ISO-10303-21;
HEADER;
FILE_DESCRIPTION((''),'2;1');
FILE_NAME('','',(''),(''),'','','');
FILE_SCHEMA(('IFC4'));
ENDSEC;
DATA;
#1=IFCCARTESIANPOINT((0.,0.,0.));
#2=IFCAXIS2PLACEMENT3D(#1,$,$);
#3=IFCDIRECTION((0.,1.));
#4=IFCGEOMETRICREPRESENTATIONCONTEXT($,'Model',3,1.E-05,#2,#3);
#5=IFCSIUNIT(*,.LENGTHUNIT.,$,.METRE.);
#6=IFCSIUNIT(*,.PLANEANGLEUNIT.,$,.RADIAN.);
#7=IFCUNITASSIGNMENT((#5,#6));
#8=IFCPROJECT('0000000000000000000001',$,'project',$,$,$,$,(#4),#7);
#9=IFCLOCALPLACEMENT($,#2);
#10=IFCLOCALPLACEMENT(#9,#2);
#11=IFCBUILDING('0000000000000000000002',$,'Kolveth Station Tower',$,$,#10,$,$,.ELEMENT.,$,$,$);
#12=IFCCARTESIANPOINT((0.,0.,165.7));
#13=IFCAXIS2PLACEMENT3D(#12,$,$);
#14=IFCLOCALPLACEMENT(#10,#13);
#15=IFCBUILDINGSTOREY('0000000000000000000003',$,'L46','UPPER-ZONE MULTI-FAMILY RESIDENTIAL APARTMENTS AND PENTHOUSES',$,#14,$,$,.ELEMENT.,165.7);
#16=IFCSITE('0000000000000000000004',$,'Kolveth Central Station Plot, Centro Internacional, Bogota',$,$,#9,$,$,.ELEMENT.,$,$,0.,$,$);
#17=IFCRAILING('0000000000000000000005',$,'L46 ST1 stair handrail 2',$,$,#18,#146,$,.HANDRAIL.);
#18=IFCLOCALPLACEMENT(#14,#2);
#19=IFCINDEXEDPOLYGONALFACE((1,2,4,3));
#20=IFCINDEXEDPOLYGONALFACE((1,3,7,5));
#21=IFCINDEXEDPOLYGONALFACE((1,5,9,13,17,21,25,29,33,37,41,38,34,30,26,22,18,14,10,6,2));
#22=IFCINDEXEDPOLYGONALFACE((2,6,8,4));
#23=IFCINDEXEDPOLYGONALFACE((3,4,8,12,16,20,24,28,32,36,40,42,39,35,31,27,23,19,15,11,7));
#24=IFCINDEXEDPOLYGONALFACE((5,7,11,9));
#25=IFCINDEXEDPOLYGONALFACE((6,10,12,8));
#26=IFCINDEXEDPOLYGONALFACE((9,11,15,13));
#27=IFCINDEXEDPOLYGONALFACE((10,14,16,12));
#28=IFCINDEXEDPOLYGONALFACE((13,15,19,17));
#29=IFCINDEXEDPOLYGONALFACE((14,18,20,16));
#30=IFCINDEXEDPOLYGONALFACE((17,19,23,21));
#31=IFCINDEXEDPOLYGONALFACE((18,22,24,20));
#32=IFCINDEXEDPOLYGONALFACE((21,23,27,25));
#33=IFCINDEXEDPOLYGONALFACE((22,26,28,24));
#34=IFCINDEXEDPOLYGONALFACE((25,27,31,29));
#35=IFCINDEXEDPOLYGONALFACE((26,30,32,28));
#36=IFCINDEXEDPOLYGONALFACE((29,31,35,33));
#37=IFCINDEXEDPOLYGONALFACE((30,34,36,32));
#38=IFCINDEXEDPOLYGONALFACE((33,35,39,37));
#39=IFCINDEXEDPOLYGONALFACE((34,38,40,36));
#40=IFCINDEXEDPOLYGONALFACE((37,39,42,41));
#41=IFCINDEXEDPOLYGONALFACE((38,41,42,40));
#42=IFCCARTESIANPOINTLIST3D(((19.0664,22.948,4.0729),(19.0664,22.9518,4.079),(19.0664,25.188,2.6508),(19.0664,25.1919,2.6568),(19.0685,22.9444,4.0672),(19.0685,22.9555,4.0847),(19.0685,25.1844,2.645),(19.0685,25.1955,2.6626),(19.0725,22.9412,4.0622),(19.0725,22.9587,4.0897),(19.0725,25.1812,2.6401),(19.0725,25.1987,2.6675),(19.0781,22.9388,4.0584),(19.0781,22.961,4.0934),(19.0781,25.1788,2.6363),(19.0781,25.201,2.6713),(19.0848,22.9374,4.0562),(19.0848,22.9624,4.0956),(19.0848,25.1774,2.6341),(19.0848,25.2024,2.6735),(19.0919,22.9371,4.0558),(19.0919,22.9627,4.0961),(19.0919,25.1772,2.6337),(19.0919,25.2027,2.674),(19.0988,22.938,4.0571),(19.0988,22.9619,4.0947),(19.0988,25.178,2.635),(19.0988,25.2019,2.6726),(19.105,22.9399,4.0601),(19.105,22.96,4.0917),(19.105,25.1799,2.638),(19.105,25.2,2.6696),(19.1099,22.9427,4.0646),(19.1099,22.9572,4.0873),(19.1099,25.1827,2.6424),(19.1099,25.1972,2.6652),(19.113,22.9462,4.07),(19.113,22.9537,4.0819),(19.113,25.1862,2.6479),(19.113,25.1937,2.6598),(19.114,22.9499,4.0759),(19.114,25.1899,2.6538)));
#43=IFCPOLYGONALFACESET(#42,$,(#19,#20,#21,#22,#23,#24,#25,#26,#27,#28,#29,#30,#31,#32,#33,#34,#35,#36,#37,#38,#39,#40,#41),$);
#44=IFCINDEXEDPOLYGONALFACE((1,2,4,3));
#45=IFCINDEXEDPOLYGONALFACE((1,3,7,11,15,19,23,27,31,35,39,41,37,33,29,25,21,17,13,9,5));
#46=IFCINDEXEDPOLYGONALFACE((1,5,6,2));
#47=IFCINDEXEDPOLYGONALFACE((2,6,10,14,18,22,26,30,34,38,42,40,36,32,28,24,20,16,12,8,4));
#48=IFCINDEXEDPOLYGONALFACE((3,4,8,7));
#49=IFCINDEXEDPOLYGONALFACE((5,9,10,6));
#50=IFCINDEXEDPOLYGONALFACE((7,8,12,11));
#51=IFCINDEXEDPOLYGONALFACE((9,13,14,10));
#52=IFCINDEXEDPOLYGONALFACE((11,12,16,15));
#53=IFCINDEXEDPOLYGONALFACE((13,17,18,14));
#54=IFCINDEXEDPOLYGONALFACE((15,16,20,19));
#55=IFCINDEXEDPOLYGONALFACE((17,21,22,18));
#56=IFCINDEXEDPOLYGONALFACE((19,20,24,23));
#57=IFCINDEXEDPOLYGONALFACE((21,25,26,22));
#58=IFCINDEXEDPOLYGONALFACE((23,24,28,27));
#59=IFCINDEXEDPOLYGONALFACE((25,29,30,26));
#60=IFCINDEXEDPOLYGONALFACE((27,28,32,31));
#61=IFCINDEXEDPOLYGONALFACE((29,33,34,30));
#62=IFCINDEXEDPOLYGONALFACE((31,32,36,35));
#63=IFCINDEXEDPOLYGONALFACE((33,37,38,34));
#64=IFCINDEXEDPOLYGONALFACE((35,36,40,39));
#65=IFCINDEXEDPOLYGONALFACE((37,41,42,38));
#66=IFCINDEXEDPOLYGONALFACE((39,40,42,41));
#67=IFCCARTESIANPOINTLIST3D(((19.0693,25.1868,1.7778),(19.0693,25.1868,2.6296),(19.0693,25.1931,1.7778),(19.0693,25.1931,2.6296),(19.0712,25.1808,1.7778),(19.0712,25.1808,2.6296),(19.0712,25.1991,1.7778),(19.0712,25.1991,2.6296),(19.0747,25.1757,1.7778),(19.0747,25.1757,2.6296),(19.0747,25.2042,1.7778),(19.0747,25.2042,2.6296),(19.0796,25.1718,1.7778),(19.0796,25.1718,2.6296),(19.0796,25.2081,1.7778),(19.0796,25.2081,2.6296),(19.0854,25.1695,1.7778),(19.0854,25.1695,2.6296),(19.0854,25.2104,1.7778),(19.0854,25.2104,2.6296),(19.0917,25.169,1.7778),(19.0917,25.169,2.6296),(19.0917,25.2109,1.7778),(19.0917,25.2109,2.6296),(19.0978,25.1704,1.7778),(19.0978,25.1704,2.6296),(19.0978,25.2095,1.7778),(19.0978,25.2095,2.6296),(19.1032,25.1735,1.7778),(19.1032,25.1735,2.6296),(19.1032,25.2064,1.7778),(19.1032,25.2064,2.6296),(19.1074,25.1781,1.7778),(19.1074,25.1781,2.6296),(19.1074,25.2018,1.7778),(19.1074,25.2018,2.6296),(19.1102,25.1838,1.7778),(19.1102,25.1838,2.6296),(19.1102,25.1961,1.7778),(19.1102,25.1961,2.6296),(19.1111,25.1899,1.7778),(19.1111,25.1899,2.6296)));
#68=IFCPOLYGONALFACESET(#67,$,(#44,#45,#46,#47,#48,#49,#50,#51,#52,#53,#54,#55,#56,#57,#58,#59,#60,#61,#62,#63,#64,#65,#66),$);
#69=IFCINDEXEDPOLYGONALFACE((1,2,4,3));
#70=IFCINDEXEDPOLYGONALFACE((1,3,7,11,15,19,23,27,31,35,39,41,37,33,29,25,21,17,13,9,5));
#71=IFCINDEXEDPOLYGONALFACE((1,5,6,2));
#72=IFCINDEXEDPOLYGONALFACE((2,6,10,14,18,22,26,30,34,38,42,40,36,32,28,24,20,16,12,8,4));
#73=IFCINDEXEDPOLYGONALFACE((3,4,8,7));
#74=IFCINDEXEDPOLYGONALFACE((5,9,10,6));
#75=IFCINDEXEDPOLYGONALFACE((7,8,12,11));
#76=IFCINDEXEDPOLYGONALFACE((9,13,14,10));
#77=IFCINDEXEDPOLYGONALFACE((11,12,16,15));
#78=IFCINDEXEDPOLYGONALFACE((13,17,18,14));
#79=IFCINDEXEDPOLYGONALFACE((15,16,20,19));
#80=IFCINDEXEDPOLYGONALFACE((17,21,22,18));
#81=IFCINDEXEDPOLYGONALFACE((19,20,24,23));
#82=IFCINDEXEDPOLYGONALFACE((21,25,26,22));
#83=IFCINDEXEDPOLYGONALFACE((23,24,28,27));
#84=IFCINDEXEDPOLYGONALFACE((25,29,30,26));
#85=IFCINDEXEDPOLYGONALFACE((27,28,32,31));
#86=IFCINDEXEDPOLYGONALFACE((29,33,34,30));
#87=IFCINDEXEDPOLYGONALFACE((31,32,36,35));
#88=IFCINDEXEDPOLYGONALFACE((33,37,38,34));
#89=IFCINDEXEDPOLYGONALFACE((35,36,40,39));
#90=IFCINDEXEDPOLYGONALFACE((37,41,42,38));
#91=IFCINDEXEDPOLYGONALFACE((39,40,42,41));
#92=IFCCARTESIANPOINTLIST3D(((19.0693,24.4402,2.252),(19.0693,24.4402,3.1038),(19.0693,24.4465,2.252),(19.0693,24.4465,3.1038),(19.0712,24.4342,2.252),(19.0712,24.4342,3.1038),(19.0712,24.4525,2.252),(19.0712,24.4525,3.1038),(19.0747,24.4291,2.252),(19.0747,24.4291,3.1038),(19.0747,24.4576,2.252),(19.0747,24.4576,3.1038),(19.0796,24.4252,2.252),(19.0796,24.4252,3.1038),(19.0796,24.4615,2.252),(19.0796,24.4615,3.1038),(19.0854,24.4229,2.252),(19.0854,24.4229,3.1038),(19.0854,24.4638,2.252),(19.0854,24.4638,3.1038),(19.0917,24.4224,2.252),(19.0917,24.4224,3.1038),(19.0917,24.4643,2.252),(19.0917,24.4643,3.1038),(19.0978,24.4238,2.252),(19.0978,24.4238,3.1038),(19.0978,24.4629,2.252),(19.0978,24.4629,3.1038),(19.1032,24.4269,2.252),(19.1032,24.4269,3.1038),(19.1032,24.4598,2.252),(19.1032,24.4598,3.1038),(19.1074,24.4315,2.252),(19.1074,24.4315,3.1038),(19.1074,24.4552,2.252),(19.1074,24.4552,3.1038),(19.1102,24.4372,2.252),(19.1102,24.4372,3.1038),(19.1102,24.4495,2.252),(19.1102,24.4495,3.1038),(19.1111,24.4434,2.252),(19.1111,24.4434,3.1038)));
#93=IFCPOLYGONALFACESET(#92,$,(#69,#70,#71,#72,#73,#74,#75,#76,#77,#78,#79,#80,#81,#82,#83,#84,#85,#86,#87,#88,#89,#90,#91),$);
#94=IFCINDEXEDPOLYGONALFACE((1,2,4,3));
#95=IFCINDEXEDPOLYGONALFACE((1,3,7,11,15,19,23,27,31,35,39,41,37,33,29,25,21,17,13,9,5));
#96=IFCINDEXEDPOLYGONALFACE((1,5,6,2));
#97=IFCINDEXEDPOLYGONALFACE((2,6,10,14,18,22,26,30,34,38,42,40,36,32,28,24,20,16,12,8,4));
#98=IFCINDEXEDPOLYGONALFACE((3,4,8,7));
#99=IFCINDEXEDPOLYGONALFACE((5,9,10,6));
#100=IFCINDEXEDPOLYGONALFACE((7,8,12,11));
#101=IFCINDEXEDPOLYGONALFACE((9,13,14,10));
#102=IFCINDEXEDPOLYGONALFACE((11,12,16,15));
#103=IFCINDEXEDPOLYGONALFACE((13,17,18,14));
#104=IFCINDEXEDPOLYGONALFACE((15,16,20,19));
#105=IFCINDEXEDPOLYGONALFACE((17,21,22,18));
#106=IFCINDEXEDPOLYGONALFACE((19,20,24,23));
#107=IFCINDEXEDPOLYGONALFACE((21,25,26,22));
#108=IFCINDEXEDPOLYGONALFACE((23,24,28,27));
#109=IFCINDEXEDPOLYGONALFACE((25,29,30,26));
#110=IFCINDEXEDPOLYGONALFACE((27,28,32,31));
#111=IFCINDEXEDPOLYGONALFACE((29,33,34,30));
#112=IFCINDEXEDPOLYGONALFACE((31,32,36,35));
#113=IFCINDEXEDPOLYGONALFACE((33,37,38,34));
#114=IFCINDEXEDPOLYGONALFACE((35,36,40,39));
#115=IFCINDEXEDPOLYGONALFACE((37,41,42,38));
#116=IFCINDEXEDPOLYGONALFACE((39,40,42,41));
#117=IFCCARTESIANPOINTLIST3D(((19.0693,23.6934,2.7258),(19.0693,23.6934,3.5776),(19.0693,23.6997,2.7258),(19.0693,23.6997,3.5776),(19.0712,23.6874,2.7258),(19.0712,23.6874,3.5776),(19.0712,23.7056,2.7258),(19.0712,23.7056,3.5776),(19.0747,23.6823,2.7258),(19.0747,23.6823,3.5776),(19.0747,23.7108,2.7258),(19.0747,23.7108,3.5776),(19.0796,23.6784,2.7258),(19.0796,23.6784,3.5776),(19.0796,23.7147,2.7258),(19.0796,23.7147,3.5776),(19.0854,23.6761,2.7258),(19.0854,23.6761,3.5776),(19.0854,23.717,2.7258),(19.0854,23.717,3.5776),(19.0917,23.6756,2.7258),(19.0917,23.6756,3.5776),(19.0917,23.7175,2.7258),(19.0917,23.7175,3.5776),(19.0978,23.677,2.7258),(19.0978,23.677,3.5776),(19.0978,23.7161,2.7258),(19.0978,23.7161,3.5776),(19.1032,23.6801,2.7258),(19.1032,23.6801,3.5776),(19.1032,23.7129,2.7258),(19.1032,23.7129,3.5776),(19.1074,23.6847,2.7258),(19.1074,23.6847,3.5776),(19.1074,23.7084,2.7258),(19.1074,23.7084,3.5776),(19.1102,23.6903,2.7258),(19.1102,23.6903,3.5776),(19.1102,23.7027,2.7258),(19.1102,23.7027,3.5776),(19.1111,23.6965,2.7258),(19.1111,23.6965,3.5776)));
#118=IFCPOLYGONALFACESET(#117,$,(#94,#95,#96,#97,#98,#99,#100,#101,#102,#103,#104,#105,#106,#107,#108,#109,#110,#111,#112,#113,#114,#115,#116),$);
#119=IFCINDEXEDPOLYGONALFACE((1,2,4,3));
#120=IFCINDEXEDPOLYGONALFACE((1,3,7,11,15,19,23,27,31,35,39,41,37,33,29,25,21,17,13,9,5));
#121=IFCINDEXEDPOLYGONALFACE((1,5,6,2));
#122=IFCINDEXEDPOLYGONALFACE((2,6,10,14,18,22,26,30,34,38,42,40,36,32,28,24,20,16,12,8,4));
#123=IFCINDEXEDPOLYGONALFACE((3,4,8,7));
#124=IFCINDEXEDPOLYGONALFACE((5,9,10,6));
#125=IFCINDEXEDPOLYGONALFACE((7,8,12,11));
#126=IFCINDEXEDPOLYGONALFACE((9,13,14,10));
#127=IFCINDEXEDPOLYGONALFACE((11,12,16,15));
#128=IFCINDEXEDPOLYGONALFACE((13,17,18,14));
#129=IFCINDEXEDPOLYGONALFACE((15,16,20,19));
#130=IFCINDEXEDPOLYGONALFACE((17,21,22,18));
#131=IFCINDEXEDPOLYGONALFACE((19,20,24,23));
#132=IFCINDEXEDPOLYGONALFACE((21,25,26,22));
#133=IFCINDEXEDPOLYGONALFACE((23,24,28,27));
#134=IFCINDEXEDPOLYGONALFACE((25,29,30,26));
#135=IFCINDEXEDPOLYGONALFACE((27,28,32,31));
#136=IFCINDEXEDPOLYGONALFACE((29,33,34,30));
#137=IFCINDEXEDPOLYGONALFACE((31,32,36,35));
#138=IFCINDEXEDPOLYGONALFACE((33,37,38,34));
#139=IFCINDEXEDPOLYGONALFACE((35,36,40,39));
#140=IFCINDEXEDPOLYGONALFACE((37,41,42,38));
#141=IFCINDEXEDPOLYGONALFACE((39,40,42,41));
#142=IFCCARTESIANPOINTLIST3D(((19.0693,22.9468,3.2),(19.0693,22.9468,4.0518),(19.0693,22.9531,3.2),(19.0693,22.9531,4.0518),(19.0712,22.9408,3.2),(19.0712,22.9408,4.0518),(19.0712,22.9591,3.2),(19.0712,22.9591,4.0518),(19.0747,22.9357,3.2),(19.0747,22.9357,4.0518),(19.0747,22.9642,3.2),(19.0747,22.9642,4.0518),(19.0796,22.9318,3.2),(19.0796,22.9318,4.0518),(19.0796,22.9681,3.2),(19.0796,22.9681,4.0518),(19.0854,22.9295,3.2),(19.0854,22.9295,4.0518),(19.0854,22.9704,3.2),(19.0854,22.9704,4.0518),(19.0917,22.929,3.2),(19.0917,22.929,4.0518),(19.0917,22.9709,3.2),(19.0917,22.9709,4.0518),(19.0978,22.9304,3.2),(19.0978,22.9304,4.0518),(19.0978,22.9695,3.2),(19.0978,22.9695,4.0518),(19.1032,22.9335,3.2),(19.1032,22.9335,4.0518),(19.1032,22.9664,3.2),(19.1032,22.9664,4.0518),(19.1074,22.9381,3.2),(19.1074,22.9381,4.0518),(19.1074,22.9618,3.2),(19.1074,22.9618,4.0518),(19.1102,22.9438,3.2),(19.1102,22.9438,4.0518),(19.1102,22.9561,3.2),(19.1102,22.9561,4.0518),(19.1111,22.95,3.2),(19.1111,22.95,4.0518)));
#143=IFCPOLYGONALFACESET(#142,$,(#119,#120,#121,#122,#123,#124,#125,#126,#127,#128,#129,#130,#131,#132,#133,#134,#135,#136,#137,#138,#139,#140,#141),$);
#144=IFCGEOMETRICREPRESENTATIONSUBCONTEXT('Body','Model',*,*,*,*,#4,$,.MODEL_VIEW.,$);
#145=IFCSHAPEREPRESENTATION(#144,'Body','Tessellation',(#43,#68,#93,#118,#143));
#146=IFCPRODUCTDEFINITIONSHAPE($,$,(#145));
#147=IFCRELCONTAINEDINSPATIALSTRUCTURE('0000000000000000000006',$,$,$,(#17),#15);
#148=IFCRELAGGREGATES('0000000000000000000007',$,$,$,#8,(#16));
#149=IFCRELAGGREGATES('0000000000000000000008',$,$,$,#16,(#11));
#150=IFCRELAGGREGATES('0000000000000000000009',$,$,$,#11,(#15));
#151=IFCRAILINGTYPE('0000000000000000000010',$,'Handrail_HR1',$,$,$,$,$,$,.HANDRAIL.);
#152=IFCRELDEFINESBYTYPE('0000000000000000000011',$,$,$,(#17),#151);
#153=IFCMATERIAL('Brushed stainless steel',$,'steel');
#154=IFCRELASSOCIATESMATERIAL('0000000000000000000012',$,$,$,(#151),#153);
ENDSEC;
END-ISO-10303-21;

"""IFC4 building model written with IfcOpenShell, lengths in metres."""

from ifc_helpers import new_model, si_unit, direction, frame, origin, origin_2d, place, context, subcontext, project, spatial, circle, extrude, material, type_object, element, save


model = new_model("IFC4")

# Units and contexts
model_context = context("Model", 3, precision=1e-05, world=origin(), true_north=direction((0.0, 1.0)))
body_context = subcontext(model_context, "Body", "Model", "MODEL_VIEW")
ifc_project = project(units=[si_unit("LENGTHUNIT", "METRE"), si_unit("PLANEANGLEUNIT", "RADIAN")], contexts=[model_context])

# Site, building, storey
site_placement = place(None, origin())
site = spatial("IfcSite", under=ifc_project, at=site_placement, Name="Kolveth Central Station Plot, Centro Internacional, Bogota", CompositionType="ELEMENT", RefElevation=0.0)
building_placement = place(site_placement, origin())
building = spatial("IfcBuilding", under=site, at=building_placement, Name="Kolveth Station Tower", CompositionType="ELEMENT")
storey_placement = place(building_placement, frame((0.0, 0.0, 165.7)))
storey = spatial("IfcBuildingStorey", under=building, at=storey_placement, Name="L46", Description="UPPER-ZONE MULTI-FAMILY RESIDENTIAL APARTMENTS AND PENTHOUSES", CompositionType="ELEMENT", Elevation=165.7)

# Railing
ifc_material_1 = material(Name="Brushed stainless steel", Category="steel")
railing_type_1 = type_object("IfcRailingType", Name="Handrail_HR1", PredefinedType="HANDRAIL", material=ifc_material_1)
railing_1_placement = place(storey_placement, frame((19.0901, 25.1899, 1.7778)))
element("IfcRailing", 1, at=railing_1_placement, inside=storey, type_object=railing_type_1, Name="L46 ST1 stair handrail 2", PredefinedType="HANDRAIL", context=body_context, shape_type="SweptSolid", body=[
    extrude(circle(Radius=0.0239, at=origin_2d()), frame((0.0, 0.0, 0.876), z_axis=(0.0, -0.844229, 0.535982), x_axis=(1.0, 0.0, 0.0)), (0.0, 0.0, 1.0), 2.6533),
    extrude(circle(Radius=0.021, at=origin_2d()), origin(), (0.0, 0.0, 1.0), 0.8518),
    extrude(circle(Radius=0.021, at=origin_2d()), frame((0.0, -0.7466, 0.4741)), (0.0, 0.0, 1.0), 0.8518),
    extrude(circle(Radius=0.021, at=origin_2d()), frame((0.0, -1.4934, 0.948)), (0.0, 0.0, 1.0), 0.8518),
    extrude(circle(Radius=0.021, at=origin_2d()), frame((0.0, -2.24, 1.4221)), (0.0, 0.0, 1.0), 0.8518),
])

save(model, "model.ifc")
